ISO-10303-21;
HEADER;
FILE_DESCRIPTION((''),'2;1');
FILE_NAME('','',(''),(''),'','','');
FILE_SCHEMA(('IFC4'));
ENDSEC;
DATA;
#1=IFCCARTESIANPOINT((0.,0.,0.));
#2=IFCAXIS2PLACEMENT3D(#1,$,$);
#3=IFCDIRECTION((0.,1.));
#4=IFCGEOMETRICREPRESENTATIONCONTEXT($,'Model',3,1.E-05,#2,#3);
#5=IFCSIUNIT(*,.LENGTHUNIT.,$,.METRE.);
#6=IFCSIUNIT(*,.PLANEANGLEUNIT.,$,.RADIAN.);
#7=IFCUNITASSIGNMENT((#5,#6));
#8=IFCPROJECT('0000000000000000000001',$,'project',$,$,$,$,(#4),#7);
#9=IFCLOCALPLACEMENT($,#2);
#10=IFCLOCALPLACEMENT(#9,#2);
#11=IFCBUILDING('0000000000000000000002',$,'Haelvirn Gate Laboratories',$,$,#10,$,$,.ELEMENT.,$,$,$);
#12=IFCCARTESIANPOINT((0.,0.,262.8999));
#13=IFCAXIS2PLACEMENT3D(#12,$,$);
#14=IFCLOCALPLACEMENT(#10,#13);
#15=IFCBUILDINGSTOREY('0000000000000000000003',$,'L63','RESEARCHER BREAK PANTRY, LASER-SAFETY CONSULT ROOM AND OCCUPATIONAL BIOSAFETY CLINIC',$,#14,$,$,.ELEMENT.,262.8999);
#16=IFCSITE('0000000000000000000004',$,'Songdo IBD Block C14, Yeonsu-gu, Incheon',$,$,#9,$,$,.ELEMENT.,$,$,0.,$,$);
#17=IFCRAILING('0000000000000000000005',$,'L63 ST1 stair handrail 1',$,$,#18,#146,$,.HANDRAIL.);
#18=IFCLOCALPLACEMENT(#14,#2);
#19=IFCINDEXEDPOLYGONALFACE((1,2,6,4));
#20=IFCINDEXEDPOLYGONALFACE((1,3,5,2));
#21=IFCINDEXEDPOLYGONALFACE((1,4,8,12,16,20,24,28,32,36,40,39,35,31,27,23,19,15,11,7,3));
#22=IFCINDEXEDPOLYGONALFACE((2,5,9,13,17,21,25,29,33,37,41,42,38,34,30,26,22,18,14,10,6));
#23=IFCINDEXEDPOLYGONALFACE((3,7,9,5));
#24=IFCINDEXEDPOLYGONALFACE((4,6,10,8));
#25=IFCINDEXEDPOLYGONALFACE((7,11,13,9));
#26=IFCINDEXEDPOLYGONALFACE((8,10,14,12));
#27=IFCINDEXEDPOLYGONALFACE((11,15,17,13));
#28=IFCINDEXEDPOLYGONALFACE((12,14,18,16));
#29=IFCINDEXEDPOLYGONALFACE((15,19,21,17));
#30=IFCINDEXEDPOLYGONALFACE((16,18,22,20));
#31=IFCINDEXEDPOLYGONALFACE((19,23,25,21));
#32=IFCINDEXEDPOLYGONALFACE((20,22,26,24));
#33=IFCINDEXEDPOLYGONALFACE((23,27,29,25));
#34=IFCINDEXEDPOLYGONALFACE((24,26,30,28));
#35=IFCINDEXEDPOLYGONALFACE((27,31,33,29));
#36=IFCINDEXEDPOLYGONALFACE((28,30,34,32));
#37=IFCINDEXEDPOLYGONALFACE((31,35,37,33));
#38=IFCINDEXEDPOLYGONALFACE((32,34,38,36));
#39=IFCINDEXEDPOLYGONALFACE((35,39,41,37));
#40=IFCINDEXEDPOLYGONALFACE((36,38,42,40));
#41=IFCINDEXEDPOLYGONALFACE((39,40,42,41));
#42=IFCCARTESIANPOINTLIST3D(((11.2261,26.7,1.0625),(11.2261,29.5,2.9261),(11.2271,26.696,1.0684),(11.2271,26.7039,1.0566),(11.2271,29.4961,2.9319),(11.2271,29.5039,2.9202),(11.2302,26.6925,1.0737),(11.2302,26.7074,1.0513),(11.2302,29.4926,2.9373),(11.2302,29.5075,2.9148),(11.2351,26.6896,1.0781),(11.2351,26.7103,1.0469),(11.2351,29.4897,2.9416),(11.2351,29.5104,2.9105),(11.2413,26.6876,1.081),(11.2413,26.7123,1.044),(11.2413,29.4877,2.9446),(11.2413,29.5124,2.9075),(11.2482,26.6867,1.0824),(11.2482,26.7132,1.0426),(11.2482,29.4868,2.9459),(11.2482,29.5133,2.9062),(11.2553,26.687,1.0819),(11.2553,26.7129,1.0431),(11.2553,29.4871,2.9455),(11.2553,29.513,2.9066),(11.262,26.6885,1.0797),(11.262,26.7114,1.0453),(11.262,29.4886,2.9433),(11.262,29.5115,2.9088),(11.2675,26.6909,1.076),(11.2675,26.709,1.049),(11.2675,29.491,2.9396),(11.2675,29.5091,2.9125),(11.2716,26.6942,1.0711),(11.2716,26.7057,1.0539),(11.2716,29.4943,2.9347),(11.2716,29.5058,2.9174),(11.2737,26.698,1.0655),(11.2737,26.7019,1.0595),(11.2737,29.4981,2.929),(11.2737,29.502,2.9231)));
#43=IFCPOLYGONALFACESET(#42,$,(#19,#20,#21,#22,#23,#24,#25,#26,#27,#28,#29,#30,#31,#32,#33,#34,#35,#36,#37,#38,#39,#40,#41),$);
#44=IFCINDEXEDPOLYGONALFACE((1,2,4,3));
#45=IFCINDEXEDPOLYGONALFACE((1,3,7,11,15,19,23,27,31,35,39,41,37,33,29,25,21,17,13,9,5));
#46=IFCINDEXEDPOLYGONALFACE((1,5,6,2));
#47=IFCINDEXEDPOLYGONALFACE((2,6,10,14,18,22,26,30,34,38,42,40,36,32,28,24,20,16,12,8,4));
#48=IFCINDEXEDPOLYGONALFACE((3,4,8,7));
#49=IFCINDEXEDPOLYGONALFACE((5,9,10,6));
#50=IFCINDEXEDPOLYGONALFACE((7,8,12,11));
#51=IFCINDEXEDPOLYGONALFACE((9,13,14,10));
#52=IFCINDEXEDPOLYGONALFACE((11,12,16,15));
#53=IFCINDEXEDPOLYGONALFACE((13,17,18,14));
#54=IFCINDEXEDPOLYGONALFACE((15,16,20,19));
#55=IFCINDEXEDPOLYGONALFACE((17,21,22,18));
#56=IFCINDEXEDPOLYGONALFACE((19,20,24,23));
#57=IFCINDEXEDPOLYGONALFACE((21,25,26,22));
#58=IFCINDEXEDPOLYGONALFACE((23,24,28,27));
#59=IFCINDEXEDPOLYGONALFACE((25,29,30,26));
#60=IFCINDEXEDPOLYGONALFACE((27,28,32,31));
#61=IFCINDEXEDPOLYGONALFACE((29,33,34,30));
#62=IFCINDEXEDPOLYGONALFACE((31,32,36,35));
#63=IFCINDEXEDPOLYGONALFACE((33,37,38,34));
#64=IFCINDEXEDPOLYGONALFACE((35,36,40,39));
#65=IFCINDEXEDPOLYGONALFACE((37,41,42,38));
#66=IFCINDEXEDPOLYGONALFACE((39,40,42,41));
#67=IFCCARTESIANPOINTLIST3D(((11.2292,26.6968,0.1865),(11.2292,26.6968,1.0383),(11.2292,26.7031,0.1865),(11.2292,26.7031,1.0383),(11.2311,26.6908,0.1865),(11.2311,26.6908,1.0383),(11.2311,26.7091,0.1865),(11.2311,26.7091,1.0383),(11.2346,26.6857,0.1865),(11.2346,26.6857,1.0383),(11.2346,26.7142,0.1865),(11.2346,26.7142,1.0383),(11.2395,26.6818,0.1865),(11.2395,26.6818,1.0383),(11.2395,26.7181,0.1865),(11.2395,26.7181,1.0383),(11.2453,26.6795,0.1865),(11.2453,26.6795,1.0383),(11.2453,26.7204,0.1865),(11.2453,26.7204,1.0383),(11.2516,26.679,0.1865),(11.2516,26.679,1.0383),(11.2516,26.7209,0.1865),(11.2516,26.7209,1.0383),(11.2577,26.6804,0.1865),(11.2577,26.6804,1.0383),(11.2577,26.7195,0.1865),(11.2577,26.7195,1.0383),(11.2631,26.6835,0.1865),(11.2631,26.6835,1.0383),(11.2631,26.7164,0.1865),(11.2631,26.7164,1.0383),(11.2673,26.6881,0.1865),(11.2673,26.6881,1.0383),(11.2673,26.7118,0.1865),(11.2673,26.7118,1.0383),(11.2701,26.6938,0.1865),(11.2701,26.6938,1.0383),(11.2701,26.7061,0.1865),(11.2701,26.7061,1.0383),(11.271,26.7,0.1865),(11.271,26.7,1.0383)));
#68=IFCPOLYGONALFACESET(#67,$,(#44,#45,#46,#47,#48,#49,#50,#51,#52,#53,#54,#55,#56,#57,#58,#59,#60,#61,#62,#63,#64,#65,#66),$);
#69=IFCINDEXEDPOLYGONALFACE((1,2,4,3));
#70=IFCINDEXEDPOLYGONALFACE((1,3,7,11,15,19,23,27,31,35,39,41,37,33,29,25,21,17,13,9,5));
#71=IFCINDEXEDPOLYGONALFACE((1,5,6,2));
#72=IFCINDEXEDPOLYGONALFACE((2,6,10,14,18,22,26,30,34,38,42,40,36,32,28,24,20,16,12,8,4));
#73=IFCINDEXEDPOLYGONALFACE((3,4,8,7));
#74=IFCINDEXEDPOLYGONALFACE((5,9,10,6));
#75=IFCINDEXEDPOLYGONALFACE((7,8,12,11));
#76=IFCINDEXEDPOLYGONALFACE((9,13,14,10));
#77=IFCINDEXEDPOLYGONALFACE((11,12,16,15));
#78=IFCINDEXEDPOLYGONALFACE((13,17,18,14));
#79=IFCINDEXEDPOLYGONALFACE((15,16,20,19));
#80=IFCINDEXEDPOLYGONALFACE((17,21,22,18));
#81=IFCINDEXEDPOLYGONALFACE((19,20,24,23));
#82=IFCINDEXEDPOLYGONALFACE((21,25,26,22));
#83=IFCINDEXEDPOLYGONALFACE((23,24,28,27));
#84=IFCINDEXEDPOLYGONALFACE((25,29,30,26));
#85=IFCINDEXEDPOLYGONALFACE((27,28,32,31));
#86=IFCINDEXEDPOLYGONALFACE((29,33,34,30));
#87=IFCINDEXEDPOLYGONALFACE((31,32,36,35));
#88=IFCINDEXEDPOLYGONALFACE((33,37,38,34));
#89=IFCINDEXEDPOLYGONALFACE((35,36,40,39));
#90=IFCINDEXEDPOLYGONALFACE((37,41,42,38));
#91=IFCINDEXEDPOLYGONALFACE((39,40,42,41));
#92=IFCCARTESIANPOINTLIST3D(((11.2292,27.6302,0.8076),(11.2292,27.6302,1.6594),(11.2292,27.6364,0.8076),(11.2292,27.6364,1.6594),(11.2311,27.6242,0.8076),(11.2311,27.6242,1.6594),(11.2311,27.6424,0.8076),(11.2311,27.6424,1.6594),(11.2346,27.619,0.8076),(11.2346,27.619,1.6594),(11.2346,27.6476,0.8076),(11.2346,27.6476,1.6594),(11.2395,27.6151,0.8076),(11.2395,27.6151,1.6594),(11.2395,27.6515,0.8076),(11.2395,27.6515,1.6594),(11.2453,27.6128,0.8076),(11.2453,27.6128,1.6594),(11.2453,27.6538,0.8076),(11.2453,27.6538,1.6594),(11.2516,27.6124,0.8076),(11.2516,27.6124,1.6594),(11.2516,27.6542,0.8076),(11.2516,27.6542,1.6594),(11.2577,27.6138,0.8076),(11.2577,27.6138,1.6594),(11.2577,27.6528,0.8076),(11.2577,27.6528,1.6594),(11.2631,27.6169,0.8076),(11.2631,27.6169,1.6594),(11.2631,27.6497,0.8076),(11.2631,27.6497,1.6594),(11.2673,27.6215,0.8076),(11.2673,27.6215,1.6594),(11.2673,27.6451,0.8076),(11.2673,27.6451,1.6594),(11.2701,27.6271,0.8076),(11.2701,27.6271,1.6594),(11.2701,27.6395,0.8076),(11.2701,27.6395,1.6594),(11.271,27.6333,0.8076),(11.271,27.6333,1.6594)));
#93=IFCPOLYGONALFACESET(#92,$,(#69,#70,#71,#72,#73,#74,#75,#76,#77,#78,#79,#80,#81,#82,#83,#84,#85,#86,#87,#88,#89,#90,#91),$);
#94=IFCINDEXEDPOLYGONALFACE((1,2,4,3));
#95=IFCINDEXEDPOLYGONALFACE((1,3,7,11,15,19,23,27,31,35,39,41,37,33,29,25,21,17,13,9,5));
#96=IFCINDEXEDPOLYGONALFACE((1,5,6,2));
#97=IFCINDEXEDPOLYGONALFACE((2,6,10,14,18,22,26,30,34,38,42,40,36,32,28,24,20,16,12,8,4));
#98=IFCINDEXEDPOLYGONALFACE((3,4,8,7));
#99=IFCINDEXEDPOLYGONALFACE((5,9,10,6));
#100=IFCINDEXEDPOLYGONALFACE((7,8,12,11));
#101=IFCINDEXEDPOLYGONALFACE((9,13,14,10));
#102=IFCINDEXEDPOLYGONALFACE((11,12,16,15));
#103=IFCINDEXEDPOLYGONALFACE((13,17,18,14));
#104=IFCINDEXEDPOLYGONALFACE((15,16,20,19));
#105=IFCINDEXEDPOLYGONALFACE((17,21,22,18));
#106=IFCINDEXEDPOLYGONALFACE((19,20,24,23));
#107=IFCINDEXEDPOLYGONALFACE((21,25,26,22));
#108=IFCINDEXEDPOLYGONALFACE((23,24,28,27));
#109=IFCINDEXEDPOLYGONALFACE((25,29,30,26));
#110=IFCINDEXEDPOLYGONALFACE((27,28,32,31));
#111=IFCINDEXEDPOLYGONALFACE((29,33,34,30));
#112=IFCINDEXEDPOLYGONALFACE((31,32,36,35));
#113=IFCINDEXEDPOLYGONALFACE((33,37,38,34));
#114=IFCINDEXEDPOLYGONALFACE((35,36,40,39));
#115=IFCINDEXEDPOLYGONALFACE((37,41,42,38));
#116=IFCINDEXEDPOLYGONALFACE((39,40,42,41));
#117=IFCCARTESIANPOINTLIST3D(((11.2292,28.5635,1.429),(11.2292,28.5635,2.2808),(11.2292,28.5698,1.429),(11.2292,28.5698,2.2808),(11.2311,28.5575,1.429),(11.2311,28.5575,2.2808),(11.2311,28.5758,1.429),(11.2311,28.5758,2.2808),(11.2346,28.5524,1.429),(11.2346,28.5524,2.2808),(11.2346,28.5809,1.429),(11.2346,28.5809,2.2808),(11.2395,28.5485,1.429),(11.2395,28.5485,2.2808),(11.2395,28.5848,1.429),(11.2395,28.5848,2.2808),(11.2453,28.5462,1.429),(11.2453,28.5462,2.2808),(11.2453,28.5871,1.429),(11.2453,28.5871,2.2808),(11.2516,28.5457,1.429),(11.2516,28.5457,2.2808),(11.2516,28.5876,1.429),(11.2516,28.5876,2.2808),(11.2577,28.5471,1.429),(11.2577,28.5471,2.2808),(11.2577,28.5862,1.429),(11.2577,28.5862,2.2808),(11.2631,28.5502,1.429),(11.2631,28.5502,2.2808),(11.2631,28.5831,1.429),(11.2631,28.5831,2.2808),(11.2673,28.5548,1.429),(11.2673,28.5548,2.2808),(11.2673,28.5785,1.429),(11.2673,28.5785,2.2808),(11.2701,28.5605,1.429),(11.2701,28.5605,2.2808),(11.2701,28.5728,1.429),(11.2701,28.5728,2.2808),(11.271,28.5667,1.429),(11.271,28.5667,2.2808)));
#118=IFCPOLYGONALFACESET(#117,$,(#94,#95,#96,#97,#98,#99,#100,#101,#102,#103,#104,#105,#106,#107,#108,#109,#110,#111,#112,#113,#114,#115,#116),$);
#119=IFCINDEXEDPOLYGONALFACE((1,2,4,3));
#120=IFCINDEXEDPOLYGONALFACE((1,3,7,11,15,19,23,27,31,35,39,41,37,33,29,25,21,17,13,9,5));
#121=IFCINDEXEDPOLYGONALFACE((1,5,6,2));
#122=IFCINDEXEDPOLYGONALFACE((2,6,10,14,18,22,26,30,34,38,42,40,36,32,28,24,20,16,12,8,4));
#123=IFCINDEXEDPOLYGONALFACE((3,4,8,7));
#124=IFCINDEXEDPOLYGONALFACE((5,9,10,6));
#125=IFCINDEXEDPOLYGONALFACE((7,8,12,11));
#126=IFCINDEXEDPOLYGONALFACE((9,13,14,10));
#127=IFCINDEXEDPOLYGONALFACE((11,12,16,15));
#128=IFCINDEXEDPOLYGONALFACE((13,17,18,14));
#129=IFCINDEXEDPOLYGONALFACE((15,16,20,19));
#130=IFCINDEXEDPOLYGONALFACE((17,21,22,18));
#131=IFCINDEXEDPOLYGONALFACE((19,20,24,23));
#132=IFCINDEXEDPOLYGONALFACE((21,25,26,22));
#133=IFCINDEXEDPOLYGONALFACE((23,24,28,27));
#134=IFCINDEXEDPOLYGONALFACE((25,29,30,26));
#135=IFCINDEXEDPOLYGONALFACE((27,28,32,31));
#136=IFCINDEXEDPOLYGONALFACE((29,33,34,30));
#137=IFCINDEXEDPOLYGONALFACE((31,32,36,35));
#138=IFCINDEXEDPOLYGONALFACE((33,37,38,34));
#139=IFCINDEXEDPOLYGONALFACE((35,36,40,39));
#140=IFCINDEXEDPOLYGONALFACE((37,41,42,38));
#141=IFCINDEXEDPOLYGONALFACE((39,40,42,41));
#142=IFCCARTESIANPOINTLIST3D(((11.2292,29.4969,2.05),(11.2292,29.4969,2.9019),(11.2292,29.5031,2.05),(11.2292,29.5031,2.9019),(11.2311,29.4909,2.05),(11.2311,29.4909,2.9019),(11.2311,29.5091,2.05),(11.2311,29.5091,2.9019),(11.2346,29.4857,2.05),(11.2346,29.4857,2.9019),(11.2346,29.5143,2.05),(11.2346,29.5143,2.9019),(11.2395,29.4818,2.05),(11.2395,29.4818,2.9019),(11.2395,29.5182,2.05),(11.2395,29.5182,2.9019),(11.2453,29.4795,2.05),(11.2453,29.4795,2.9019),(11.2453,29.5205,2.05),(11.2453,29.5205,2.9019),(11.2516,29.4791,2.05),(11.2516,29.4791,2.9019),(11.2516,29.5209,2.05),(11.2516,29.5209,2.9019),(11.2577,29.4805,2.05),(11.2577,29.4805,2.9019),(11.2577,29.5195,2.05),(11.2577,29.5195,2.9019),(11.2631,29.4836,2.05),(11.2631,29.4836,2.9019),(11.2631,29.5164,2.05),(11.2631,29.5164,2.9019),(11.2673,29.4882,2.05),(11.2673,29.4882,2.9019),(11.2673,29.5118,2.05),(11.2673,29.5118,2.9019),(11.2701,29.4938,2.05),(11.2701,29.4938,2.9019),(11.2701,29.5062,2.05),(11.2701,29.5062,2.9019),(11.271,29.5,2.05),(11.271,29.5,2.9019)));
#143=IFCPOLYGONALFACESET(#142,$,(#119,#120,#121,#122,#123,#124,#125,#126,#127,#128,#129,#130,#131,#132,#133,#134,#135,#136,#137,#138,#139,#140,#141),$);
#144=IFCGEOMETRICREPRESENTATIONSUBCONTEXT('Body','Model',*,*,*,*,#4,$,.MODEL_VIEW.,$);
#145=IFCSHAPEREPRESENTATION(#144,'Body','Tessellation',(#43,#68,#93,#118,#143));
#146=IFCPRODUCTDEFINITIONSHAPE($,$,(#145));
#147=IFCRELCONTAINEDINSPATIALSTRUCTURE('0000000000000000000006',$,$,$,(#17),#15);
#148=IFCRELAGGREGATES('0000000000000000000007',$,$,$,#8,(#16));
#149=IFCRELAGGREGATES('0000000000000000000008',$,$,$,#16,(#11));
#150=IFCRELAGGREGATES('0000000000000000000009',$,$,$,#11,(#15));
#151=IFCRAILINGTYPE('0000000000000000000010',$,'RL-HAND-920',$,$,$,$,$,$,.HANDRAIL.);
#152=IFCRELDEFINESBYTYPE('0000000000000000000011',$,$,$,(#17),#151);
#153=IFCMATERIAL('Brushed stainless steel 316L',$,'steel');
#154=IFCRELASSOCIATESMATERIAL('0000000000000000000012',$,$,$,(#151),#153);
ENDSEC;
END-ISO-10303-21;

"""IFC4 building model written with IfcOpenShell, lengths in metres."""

from ifc_helpers import new_model, si_unit, direction, frame, origin, origin_2d, place, context, subcontext, project, spatial, circle, extrude, source, transform, mapped, material, type_object, element, save


model = new_model("IFC4")

# Units and contexts
model_context = context("Model", 3, precision=1e-05, world=origin(), true_north=direction((0.0, 1.0)))
body_context = subcontext(model_context, "Body", "Model", "MODEL_VIEW")
ifc_project = project(units=[si_unit("LENGTHUNIT", "METRE"), si_unit("PLANEANGLEUNIT", "RADIAN")], contexts=[model_context])

# Site, building, storey
site_placement = place(None, origin())
site = spatial("IfcSite", under=ifc_project, at=site_placement, Name="Songdo IBD Block C14, Yeonsu-gu, Incheon", CompositionType="ELEMENT", RefElevation=0.0)
building_placement = place(site_placement, origin())
building = spatial("IfcBuilding", under=site, at=building_placement, Name="Haelvirn Gate Laboratories", CompositionType="ELEMENT")
storey_placement = place(building_placement, frame((0.0, 0.0, 262.8999)))
storey = spatial("IfcBuildingStorey", under=building, at=storey_placement, Name="L63", Description="RESEARCHER BREAK PANTRY, LASER-SAFETY CONSULT ROOM AND OCCUPATIONAL BIOSAFETY CLINIC", CompositionType="ELEMENT", Elevation=262.8999)

# Railing
ifc_material_1 = material(Name="Brushed stainless steel 316L", Category="steel")
railing_type_1 = type_object("IfcRailingType", Name="RL-HAND-920", PredefinedType="HANDRAIL", material=ifc_material_1)
shared_shape_1 = source(origin(), body_context, "Body", "SweptSolid", [
    extrude(circle(Radius=0.0239, at=origin_2d()), frame((0.0, 0.0, 0.876), z_axis=(0.0, 0.832486, 0.554047), x_axis=(-1.0, 0.0, 0.0)), (0.0, 0.0, 1.0), 3.3635),
    extrude(circle(Radius=0.021, at=origin_2d()), origin(), (0.0, 0.0, 1.0), 0.8518),
    extrude(circle(Radius=0.021, at=origin_2d()), frame((0.0, 0.9333, 0.6211)), (0.0, 0.0, 1.0), 0.8518),
    extrude(circle(Radius=0.021, at=origin_2d()), frame((0.0, 1.8667, 1.2424)), (0.0, 0.0, 1.0), 0.8518),
    extrude(circle(Radius=0.021, at=origin_2d()), frame((0.0, 2.8, 1.8635)), (0.0, 0.0, 1.0), 0.8518),
])
railing_1_placement = place(storey_placement, frame((11.25, 26.7, 0.1865)))
element("IfcRailing", 1, at=railing_1_placement, inside=storey, type_object=railing_type_1, Name="L63 ST1 stair handrail 1", PredefinedType="HANDRAIL", context=body_context, shape_type="MappedRepresentation", body=[
    mapped(shared_shape_1, transform((0.0, 0.0, 0.0), scale=1.0)),
])

save(model, "model.ifc")
